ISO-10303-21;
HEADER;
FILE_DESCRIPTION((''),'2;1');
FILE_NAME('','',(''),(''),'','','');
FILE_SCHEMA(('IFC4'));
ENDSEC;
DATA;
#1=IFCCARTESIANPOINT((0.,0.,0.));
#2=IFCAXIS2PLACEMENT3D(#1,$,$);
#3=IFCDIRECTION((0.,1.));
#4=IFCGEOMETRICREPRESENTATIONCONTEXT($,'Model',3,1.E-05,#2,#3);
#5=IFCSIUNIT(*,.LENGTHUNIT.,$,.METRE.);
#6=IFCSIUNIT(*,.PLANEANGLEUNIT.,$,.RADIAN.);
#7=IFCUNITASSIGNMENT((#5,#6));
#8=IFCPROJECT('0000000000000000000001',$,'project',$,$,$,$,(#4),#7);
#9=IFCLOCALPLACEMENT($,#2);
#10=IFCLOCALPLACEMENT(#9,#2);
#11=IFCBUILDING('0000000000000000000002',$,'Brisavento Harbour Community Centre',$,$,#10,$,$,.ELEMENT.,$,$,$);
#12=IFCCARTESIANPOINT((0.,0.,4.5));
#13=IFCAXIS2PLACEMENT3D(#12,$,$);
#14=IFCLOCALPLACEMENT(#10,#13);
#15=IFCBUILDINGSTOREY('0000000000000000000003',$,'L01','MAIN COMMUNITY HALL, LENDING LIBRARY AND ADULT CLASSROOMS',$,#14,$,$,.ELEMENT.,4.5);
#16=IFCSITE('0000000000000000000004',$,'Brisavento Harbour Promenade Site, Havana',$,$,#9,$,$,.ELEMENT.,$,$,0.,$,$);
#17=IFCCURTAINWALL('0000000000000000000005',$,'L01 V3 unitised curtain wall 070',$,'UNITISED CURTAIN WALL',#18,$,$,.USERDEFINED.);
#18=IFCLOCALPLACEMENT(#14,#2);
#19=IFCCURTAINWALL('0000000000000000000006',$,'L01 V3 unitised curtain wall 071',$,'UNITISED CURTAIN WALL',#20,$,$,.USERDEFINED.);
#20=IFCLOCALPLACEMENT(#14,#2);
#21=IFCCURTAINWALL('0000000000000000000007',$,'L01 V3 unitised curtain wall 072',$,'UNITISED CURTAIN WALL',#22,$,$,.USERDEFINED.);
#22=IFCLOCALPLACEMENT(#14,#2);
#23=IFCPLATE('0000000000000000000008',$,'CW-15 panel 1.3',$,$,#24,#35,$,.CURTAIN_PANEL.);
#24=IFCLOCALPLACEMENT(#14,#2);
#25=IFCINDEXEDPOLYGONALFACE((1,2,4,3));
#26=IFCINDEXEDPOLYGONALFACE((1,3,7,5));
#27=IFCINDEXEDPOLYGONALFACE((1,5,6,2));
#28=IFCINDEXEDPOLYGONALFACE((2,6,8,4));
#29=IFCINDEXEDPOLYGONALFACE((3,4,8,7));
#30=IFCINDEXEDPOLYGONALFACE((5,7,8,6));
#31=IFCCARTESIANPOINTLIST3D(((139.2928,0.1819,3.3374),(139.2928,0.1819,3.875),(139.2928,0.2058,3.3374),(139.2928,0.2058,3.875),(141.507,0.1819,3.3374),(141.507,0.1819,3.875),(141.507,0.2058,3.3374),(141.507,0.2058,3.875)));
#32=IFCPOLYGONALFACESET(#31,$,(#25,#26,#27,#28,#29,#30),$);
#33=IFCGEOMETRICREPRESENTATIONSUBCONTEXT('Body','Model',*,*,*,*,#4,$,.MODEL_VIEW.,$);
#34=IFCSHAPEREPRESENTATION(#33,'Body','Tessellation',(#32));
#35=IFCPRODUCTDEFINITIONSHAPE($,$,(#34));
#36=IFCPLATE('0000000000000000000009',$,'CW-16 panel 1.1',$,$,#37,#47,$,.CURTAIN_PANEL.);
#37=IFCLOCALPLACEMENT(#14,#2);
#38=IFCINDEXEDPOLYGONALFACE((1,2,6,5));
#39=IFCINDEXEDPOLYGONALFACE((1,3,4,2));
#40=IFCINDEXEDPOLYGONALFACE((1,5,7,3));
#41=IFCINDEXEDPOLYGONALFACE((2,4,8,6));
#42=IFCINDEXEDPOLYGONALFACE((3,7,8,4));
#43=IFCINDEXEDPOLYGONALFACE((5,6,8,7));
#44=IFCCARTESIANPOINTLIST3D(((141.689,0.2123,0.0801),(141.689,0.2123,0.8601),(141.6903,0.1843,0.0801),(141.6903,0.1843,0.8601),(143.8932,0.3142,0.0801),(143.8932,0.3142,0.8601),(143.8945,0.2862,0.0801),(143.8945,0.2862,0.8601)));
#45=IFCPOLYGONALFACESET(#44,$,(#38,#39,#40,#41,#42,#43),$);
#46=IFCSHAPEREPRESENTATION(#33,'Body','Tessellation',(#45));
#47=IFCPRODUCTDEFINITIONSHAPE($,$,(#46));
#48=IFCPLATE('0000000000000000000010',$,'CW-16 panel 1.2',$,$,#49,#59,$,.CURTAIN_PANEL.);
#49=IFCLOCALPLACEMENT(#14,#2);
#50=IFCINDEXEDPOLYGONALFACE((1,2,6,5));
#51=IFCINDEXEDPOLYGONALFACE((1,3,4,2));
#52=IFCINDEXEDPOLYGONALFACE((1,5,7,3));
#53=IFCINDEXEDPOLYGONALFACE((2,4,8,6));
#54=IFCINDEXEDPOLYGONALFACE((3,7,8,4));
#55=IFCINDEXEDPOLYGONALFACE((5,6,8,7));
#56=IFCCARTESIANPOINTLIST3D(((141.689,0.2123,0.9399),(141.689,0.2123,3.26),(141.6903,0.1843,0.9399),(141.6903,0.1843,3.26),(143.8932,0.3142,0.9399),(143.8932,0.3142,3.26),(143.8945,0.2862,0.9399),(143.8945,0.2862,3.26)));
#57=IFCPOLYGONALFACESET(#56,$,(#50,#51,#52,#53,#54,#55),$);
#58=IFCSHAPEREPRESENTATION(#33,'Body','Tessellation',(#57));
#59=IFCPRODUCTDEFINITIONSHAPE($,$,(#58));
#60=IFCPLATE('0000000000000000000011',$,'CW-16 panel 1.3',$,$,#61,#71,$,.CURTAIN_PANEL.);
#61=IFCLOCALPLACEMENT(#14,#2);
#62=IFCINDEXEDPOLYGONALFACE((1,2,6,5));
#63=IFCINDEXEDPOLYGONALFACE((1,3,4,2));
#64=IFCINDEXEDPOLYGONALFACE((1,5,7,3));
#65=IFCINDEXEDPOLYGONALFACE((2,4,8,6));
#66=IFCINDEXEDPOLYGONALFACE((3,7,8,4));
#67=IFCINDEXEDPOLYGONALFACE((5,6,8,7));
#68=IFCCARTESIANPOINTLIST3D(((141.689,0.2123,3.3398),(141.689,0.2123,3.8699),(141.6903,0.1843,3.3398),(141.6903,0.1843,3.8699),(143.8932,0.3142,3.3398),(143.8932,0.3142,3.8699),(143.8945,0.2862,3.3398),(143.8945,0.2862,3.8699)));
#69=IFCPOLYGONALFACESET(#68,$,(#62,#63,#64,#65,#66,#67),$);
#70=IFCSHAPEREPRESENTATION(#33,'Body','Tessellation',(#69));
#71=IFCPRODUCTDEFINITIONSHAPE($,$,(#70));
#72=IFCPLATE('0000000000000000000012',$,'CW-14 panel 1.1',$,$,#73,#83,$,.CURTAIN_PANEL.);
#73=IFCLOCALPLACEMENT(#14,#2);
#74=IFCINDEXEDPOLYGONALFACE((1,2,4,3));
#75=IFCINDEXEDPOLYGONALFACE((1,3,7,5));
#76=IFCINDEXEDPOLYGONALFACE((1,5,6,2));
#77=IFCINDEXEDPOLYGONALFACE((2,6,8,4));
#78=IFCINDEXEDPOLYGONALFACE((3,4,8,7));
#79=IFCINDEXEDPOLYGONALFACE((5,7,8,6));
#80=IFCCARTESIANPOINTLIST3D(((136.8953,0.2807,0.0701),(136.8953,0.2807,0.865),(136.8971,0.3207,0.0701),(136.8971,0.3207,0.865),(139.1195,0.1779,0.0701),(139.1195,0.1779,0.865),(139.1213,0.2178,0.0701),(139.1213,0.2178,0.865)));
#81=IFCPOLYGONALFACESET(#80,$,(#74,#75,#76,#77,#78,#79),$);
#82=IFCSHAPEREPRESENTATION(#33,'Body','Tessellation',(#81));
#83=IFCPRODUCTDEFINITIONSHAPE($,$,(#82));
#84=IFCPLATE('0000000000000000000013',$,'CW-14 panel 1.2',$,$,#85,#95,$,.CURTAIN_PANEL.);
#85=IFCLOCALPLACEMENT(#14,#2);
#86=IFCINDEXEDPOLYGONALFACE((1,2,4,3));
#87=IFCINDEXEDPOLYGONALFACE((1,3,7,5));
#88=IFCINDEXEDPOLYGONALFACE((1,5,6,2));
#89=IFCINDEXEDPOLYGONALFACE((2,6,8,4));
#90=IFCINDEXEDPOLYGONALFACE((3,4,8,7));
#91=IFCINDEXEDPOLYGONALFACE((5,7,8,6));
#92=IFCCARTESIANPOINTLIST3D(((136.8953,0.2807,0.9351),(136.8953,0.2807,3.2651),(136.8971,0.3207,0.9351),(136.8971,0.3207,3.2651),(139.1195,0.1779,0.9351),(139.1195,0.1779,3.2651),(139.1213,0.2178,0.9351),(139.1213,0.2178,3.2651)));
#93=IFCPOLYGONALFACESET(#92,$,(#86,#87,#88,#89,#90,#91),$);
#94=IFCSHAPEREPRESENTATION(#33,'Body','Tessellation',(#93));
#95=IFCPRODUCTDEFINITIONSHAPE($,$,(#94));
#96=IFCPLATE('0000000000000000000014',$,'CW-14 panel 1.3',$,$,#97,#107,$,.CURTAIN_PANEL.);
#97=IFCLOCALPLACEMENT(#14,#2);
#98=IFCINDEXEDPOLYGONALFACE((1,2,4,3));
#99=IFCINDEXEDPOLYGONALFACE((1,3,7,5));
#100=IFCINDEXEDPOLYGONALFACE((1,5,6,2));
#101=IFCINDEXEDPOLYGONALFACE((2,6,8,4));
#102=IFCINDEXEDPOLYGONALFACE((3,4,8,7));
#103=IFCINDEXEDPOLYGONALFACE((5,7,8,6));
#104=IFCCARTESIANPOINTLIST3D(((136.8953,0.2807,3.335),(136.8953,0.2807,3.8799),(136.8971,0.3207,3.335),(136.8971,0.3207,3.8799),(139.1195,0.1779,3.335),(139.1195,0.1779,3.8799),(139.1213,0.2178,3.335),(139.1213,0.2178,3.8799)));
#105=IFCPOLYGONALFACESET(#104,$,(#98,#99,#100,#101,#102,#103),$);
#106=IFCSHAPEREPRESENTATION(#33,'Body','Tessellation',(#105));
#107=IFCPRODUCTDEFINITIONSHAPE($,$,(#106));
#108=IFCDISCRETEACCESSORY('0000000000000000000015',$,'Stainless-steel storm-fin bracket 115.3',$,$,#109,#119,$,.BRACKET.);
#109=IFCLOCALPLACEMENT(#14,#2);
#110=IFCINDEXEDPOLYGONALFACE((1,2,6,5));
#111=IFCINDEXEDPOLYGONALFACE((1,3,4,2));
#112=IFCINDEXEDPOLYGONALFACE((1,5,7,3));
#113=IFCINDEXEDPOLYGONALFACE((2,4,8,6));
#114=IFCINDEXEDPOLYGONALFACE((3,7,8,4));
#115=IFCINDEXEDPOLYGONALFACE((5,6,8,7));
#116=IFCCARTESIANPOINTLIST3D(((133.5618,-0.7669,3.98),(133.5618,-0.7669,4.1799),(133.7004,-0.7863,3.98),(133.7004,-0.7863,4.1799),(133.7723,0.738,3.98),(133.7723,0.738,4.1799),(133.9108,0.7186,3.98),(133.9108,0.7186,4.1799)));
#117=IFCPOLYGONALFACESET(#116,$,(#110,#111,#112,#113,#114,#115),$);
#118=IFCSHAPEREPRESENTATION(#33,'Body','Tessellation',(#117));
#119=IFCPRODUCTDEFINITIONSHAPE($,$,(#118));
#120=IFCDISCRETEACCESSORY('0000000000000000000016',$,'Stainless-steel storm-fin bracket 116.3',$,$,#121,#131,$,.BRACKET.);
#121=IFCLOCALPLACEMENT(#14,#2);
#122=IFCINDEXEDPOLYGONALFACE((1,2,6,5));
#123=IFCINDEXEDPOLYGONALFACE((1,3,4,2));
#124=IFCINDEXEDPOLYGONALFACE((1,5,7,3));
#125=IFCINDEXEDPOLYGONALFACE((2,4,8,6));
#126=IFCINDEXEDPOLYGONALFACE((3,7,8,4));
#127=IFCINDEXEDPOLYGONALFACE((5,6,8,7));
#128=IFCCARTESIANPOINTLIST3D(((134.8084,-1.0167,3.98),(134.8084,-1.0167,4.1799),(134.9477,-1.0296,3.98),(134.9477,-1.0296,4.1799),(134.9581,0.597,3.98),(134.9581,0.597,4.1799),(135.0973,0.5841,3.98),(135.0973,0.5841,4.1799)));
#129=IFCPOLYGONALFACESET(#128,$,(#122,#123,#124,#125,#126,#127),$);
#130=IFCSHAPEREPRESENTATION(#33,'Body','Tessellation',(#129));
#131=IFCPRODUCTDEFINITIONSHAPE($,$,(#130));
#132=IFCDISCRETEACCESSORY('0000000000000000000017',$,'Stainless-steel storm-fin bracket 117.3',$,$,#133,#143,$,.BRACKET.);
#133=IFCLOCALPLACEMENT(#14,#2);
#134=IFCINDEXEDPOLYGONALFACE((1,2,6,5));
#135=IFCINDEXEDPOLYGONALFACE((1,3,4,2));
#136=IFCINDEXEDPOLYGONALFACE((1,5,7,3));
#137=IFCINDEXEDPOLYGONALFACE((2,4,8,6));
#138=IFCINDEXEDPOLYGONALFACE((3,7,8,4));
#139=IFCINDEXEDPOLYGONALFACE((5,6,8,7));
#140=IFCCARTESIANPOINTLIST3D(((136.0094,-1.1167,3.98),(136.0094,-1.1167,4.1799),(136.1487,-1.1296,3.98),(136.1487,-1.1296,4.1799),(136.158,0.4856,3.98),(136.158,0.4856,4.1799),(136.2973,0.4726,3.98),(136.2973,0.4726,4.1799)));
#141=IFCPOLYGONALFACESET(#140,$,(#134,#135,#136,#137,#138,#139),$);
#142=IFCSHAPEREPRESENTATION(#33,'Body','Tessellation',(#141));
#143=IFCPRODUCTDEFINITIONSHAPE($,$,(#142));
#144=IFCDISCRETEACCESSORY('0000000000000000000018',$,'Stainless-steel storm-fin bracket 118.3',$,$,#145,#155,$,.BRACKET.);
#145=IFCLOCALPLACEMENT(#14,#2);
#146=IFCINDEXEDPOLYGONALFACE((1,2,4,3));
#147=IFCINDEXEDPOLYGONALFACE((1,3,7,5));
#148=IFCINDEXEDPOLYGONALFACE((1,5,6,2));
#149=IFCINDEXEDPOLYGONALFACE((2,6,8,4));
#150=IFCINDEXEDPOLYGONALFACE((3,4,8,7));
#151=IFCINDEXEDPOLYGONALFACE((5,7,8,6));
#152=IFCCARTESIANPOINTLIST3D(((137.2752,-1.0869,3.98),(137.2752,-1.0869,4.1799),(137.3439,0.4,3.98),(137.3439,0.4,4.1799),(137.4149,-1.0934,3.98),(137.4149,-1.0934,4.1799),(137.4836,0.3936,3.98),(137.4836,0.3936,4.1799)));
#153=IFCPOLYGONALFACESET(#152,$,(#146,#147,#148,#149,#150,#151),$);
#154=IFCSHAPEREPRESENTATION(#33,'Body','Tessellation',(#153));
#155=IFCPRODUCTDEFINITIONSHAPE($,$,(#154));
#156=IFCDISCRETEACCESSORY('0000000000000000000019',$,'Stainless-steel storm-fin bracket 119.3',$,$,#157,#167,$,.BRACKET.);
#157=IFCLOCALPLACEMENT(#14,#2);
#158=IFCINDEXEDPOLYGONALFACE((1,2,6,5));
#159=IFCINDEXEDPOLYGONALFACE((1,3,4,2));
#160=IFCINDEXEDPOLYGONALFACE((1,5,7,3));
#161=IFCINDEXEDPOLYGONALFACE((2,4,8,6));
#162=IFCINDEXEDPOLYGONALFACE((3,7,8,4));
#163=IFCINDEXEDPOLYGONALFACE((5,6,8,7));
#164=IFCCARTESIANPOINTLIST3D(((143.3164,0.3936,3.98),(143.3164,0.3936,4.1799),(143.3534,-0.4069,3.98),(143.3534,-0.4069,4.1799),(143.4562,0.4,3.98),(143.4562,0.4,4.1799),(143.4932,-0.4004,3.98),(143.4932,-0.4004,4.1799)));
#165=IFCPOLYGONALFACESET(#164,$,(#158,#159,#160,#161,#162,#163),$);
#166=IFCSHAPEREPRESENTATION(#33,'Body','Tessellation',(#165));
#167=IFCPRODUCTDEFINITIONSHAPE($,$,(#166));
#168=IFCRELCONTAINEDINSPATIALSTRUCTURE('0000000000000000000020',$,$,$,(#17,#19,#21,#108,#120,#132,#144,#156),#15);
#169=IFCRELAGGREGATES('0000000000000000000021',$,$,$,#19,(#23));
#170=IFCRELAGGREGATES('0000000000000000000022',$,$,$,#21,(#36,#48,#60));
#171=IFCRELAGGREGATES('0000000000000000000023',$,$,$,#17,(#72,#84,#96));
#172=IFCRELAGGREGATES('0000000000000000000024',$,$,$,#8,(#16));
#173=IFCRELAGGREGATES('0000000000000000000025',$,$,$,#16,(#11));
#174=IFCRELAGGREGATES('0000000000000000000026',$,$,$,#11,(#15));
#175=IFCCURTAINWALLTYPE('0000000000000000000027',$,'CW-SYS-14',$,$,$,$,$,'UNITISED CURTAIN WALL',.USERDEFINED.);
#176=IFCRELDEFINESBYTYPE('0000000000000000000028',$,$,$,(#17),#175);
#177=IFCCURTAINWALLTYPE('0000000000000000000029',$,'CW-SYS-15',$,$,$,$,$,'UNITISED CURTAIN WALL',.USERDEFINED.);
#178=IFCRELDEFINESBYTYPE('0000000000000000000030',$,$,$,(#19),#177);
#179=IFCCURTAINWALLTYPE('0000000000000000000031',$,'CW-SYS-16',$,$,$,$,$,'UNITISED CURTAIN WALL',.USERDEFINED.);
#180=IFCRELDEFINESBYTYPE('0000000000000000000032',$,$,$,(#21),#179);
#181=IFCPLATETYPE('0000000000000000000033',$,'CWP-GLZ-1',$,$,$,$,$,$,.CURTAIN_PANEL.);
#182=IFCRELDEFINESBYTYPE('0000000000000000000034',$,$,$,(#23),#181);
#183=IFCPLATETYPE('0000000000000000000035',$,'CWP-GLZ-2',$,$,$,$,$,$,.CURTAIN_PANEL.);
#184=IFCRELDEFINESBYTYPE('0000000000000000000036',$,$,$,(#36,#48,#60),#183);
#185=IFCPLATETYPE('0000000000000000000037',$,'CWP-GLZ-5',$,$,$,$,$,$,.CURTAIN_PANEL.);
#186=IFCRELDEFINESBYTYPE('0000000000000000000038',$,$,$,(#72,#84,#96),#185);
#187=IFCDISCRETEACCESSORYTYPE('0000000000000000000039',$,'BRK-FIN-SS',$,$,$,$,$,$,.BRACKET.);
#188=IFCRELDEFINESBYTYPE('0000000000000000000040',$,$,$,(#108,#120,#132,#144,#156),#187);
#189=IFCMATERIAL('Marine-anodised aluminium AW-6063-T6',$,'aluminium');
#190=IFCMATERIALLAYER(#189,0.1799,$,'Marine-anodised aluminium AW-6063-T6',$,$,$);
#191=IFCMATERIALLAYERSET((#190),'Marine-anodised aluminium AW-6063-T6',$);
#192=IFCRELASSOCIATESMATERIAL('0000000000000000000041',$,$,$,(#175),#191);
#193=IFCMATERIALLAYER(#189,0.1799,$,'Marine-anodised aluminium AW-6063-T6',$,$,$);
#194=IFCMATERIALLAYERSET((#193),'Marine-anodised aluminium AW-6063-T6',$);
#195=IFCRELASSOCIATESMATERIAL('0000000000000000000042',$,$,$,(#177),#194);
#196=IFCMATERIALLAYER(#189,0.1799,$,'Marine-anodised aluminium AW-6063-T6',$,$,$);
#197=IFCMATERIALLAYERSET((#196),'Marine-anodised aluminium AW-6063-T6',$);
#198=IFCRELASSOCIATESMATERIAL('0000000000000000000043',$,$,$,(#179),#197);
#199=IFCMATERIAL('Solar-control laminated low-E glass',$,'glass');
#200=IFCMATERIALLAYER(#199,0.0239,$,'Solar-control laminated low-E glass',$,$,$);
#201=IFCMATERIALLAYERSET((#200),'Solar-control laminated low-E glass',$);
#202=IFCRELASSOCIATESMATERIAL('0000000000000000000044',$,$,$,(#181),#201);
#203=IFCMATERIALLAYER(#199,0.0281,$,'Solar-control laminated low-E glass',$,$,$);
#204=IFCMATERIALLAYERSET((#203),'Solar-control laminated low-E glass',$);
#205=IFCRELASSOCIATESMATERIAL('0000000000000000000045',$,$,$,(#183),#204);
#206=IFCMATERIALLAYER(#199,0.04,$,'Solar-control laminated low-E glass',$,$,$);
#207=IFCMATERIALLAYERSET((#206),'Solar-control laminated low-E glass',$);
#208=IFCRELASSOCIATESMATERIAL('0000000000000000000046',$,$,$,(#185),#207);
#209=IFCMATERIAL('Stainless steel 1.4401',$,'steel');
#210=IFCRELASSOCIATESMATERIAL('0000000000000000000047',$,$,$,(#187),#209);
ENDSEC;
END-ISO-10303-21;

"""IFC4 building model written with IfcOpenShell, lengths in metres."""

from ifc_helpers import new_model, si_unit, direction, frame, origin, origin_2d, place, context, subcontext, project, spatial, rectangle, extrude, material, layer, layer_set, type_object, element, aggregate, save


model = new_model("IFC4")

# Units and contexts
model_context = context("Model", 3, precision=1e-05, world=origin(), true_north=direction((0.0, 1.0)))
body_context = subcontext(model_context, "Body", "Model", "MODEL_VIEW")
ifc_project = project(units=[si_unit("LENGTHUNIT", "METRE"), si_unit("PLANEANGLEUNIT", "RADIAN")], contexts=[model_context])

# Site, building, storey
site_placement = place(None, origin())
site = spatial("IfcSite", under=ifc_project, at=site_placement, Name="Brisavento Harbour Promenade Site, Havana", CompositionType="ELEMENT", RefElevation=0.0)
building_placement = place(site_placement, origin())
building = spatial("IfcBuilding", under=site, at=building_placement, Name="Brisavento Harbour Community Centre", CompositionType="ELEMENT")
storey_placement = place(building_placement, frame((0.0, 0.0, 4.5)))
storey = spatial("IfcBuildingStorey", under=building, at=storey_placement, Name="L01", Description="MAIN COMMUNITY HALL, LENDING LIBRARY AND ADULT CLASSROOMS", CompositionType="ELEMENT", Elevation=4.5)

# Curtain wall
ifc_material_1 = material(Name="Marine-anodised aluminium AW-6063-T6", Category="aluminium")
ifc_layer_1 = layer(ifc_material_1, 0.1799, Name="Marine-anodised aluminium AW-6063-T6")
ifc_layer_set_1 = layer_set([ifc_layer_1], Name="Marine-anodised aluminium AW-6063-T6")
curtain_wall_type_1 = type_object("IfcCurtainWallType", Name="CW-SYS-14", ElementType="UNITISED CURTAIN WALL", PredefinedType="USERDEFINED", material=ifc_layer_set_1)
curtain_wall_1_placement = place(storey_placement, origin())
curtain_wall_1 = element("IfcCurtainWall", 1, at=curtain_wall_1_placement, inside=storey, type_object=curtain_wall_type_1, Name="L01 V3 unitised curtain wall 070", ObjectType="UNITISED CURTAIN WALL", PredefinedType="USERDEFINED")

# Curtain wall
ifc_layer_2 = layer(ifc_material_1, 0.1799, Name="Marine-anodised aluminium AW-6063-T6")
ifc_layer_set_2 = layer_set([ifc_layer_2], Name="Marine-anodised aluminium AW-6063-T6")
curtain_wall_type_2 = type_object("IfcCurtainWallType", Name="CW-SYS-15", ElementType="UNITISED CURTAIN WALL", PredefinedType="USERDEFINED", material=ifc_layer_set_2)
curtain_wall_2_placement = place(storey_placement, origin())
curtain_wall_2 = element("IfcCurtainWall", 2, at=curtain_wall_2_placement, inside=storey, type_object=curtain_wall_type_2, Name="L01 V3 unitised curtain wall 071", ObjectType="UNITISED CURTAIN WALL", PredefinedType="USERDEFINED")

# Curtain wall
ifc_layer_3 = layer(ifc_material_1, 0.1799, Name="Marine-anodised aluminium AW-6063-T6")
ifc_layer_set_3 = layer_set([ifc_layer_3], Name="Marine-anodised aluminium AW-6063-T6")
curtain_wall_type_3 = type_object("IfcCurtainWallType", Name="CW-SYS-16", ElementType="UNITISED CURTAIN WALL", PredefinedType="USERDEFINED", material=ifc_layer_set_3)
curtain_wall_3_placement = place(storey_placement, origin())
curtain_wall_3 = element("IfcCurtainWall", 3, at=curtain_wall_3_placement, inside=storey, type_object=curtain_wall_type_3, Name="L01 V3 unitised curtain wall 072", ObjectType="UNITISED CURTAIN WALL", PredefinedType="USERDEFINED")

# Plates
ifc_material_2 = material(Name="Solar-control laminated low-E glass", Category="glass")
ifc_layer_4 = layer(ifc_material_2, 0.0239, Name="Solar-control laminated low-E glass")
ifc_layer_set_4 = layer_set([ifc_layer_4], Name="Solar-control laminated low-E glass")
plate_type_1 = type_object("IfcPlateType", Name="CWP-GLZ-1", PredefinedType="CURTAIN_PANEL", material=ifc_layer_set_4)
plate_1_placement = place(storey_placement, frame((140.3999, 0.1938, 3.3374), z_axis=(0.0, 0.0, 1.0), x_axis=(-1.0, 0.0, 0.0)))
plate_1 = element("IfcPlate", 4, at=plate_1_placement, type_object=plate_type_1, Name="CW-15 panel 1.3", PredefinedType="CURTAIN_PANEL", context=body_context, shape_type="SweptSolid", body=[
    extrude(rectangle(XDim=2.2141, YDim=0.0239, at=origin_2d()), origin(), (0.0, 0.0, 1.0), 0.5376),
])
aggregate(curtain_wall_2, [plate_1])
ifc_layer_5 = layer(ifc_material_2, 0.0281, Name="Solar-control laminated low-E glass")
ifc_layer_set_5 = layer_set([ifc_layer_5], Name="Solar-control laminated low-E glass")
plate_type_2 = type_object("IfcPlateType", Name="CWP-GLZ-2", PredefinedType="CURTAIN_PANEL", material=ifc_layer_set_5)
plate_2_placement = place(storey_placement, frame((142.7917, 0.2493, 0.0801), z_axis=(0.0, 0.0, 1.0), x_axis=(-0.998933, -0.046186, 0.0)))
plate_2 = element("IfcPlate", 5, at=plate_2_placement, type_object=plate_type_2, Name="CW-16 panel 1.1", PredefinedType="CURTAIN_PANEL", context=body_context, shape_type="SweptSolid", body=[
    extrude(rectangle(XDim=2.2065, YDim=0.0281, at=origin_2d()), origin(), (0.0, 0.0, 1.0), 0.78),
])
plate_3_placement = place(storey_placement, frame((142.7917, 0.2493, 0.9399), z_axis=(0.0, 0.0, 1.0), x_axis=(-0.998933, -0.046186, 0.0)))
plate_3 = element("IfcPlate", 6, at=plate_3_placement, type_object=plate_type_2, Name="CW-16 panel 1.2", PredefinedType="CURTAIN_PANEL", context=body_context, shape_type="SweptSolid", body=[
    extrude(rectangle(XDim=2.2065, YDim=0.0281, at=origin_2d()), origin(), (0.0, 0.0, 1.0), 2.3201),
])
plate_4_placement = place(storey_placement, frame((142.7917, 0.2493, 3.3398), z_axis=(0.0, 0.0, 1.0), x_axis=(-0.998933, -0.046186, 0.0)))
plate_4 = element("IfcPlate", 7, at=plate_4_placement, type_object=plate_type_2, Name="CW-16 panel 1.3", PredefinedType="CURTAIN_PANEL", context=body_context, shape_type="SweptSolid", body=[
    extrude(rectangle(XDim=2.2065, YDim=0.0281, at=origin_2d()), origin(), (0.0, 0.0, 1.0), 0.53),
])
aggregate(curtain_wall_3, [plate_2, plate_3, plate_4])
ifc_layer_6 = layer(ifc_material_2, 0.04, Name="Solar-control laminated low-E glass")
ifc_layer_set_6 = layer_set([ifc_layer_6], Name="Solar-control laminated low-E glass")
plate_type_3 = type_object("IfcPlateType", Name="CWP-GLZ-5", PredefinedType="CURTAIN_PANEL", material=ifc_layer_set_6)
plate_5_placement = place(storey_placement, frame((138.0083, 0.2493, 0.0701), z_axis=(0.0, 0.0, 1.0), x_axis=(-0.998933, 0.046186, 0.0)))
plate_5 = element("IfcPlate", 8, at=plate_5_placement, type_object=plate_type_3, Name="CW-14 panel 1.1", PredefinedType="CURTAIN_PANEL", context=body_context, shape_type="SweptSolid", body=[
    extrude(rectangle(XDim=2.2266, YDim=0.04, at=origin_2d()), origin(), (0.0, 0.0, 1.0), 0.7949),
])
plate_6_placement = place(storey_placement, frame((138.0083, 0.2493, 0.9351), z_axis=(0.0, 0.0, 1.0), x_axis=(-0.998933, 0.046186, 0.0)))
plate_6 = element("IfcPlate", 9, at=plate_6_placement, type_object=plate_type_3, Name="CW-14 panel 1.2", PredefinedType="CURTAIN_PANEL", context=body_context, shape_type="SweptSolid", body=[
    extrude(rectangle(XDim=2.2266, YDim=0.04, at=origin_2d()), origin(), (0.0, 0.0, 1.0), 2.3301),
])
plate_7_placement = place(storey_placement, frame((138.0083, 0.2493, 3.335), z_axis=(0.0, 0.0, 1.0), x_axis=(-0.998933, 0.046186, 0.0)))
plate_7 = element("IfcPlate", 10, at=plate_7_placement, type_object=plate_type_3, Name="CW-14 panel 1.3", PredefinedType="CURTAIN_PANEL", context=body_context, shape_type="SweptSolid", body=[
    extrude(rectangle(XDim=2.2266, YDim=0.04, at=origin_2d()), origin(), (0.0, 0.0, 1.0), 0.5449),
])
aggregate(curtain_wall_1, [plate_5, plate_6, plate_7])

# Discrete accessories
ifc_material_3 = material(Name="Stainless steel 1.4401", Category="steel")
discrete_accessory_type = type_object("IfcDiscreteAccessoryType", Name="BRK-FIN-SS", PredefinedType="BRACKET", material=ifc_material_3)
discrete_accessory_1_placement = place(storey_placement, frame((133.7363, -0.0242, 3.98), z_axis=(0.0, 0.0, 1.0), x_axis=(-0.138499, -0.990363, 0.0)))
element("IfcDiscreteAccessory", 11, at=discrete_accessory_1_placement, inside=storey, type_object=discrete_accessory_type, Name="Stainless-steel storm-fin bracket 115.3", PredefinedType="BRACKET", context=body_context, shape_type="SweptSolid", body=[
    extrude(rectangle(XDim=1.5195, YDim=0.1399, at=origin_2d()), origin(), (0.0, 0.0, 1.0), 0.2),
])
discrete_accessory_2_placement = place(storey_placement, frame((134.9529, -0.2163, 3.98), z_axis=(0.0, 0.0, 1.0), x_axis=(-0.092336, -0.995728, 0.0)))
element("IfcDiscreteAccessory", 12, at=discrete_accessory_2_placement, inside=storey, type_object=discrete_accessory_type, Name="Stainless-steel storm-fin bracket 116.3", PredefinedType="BRACKET", context=body_context, shape_type="SweptSolid", body=[
    extrude(rectangle(XDim=1.6206, YDim=0.1399, at=origin_2d()), origin(), (0.0, 0.0, 1.0), 0.2),
])
discrete_accessory_3_placement = place(storey_placement, frame((136.1533, -0.322, 3.98), z_axis=(0.0, 0.0, 1.0), x_axis=(-0.092336, -0.995728, 0.0)))
element("IfcDiscreteAccessory", 13, at=discrete_accessory_3_placement, inside=storey, type_object=discrete_accessory_type, Name="Stainless-steel storm-fin bracket 117.3", PredefinedType="BRACKET", context=body_context, shape_type="SweptSolid", body=[
    extrude(rectangle(XDim=1.6091, YDim=0.1399, at=origin_2d()), origin(), (0.0, 0.0, 1.0), 0.2),
])
discrete_accessory_4_placement = place(storey_placement, frame((137.3794, -0.3467, 3.98), z_axis=(0.0, 0.0, 1.0), x_axis=(-0.046165, -0.998934, 0.0)))
element("IfcDiscreteAccessory", 14, at=discrete_accessory_4_placement, inside=storey, type_object=discrete_accessory_type, Name="Stainless-steel storm-fin bracket 118.3", PredefinedType="BRACKET", context=body_context, shape_type="SweptSolid", body=[
    extrude(rectangle(XDim=1.4885, YDim=0.1399, at=origin_2d()), origin(), (0.0, 0.0, 1.0), 0.2),
])
discrete_accessory_5_placement = place(storey_placement, frame((143.4048, -0.0034, 3.98), z_axis=(0.0, 0.0, 1.0), x_axis=(0.046165, -0.998934, 0.0)))
element("IfcDiscreteAccessory", 15, at=discrete_accessory_5_placement, inside=storey, type_object=discrete_accessory_type, Name="Stainless-steel storm-fin bracket 119.3", PredefinedType="BRACKET", context=body_context, shape_type="SweptSolid", body=[
    extrude(rectangle(XDim=0.8013, YDim=0.1399, at=origin_2d()), origin(), (0.0, 0.0, 1.0), 0.2),
])

save(model, "model.ifc")
